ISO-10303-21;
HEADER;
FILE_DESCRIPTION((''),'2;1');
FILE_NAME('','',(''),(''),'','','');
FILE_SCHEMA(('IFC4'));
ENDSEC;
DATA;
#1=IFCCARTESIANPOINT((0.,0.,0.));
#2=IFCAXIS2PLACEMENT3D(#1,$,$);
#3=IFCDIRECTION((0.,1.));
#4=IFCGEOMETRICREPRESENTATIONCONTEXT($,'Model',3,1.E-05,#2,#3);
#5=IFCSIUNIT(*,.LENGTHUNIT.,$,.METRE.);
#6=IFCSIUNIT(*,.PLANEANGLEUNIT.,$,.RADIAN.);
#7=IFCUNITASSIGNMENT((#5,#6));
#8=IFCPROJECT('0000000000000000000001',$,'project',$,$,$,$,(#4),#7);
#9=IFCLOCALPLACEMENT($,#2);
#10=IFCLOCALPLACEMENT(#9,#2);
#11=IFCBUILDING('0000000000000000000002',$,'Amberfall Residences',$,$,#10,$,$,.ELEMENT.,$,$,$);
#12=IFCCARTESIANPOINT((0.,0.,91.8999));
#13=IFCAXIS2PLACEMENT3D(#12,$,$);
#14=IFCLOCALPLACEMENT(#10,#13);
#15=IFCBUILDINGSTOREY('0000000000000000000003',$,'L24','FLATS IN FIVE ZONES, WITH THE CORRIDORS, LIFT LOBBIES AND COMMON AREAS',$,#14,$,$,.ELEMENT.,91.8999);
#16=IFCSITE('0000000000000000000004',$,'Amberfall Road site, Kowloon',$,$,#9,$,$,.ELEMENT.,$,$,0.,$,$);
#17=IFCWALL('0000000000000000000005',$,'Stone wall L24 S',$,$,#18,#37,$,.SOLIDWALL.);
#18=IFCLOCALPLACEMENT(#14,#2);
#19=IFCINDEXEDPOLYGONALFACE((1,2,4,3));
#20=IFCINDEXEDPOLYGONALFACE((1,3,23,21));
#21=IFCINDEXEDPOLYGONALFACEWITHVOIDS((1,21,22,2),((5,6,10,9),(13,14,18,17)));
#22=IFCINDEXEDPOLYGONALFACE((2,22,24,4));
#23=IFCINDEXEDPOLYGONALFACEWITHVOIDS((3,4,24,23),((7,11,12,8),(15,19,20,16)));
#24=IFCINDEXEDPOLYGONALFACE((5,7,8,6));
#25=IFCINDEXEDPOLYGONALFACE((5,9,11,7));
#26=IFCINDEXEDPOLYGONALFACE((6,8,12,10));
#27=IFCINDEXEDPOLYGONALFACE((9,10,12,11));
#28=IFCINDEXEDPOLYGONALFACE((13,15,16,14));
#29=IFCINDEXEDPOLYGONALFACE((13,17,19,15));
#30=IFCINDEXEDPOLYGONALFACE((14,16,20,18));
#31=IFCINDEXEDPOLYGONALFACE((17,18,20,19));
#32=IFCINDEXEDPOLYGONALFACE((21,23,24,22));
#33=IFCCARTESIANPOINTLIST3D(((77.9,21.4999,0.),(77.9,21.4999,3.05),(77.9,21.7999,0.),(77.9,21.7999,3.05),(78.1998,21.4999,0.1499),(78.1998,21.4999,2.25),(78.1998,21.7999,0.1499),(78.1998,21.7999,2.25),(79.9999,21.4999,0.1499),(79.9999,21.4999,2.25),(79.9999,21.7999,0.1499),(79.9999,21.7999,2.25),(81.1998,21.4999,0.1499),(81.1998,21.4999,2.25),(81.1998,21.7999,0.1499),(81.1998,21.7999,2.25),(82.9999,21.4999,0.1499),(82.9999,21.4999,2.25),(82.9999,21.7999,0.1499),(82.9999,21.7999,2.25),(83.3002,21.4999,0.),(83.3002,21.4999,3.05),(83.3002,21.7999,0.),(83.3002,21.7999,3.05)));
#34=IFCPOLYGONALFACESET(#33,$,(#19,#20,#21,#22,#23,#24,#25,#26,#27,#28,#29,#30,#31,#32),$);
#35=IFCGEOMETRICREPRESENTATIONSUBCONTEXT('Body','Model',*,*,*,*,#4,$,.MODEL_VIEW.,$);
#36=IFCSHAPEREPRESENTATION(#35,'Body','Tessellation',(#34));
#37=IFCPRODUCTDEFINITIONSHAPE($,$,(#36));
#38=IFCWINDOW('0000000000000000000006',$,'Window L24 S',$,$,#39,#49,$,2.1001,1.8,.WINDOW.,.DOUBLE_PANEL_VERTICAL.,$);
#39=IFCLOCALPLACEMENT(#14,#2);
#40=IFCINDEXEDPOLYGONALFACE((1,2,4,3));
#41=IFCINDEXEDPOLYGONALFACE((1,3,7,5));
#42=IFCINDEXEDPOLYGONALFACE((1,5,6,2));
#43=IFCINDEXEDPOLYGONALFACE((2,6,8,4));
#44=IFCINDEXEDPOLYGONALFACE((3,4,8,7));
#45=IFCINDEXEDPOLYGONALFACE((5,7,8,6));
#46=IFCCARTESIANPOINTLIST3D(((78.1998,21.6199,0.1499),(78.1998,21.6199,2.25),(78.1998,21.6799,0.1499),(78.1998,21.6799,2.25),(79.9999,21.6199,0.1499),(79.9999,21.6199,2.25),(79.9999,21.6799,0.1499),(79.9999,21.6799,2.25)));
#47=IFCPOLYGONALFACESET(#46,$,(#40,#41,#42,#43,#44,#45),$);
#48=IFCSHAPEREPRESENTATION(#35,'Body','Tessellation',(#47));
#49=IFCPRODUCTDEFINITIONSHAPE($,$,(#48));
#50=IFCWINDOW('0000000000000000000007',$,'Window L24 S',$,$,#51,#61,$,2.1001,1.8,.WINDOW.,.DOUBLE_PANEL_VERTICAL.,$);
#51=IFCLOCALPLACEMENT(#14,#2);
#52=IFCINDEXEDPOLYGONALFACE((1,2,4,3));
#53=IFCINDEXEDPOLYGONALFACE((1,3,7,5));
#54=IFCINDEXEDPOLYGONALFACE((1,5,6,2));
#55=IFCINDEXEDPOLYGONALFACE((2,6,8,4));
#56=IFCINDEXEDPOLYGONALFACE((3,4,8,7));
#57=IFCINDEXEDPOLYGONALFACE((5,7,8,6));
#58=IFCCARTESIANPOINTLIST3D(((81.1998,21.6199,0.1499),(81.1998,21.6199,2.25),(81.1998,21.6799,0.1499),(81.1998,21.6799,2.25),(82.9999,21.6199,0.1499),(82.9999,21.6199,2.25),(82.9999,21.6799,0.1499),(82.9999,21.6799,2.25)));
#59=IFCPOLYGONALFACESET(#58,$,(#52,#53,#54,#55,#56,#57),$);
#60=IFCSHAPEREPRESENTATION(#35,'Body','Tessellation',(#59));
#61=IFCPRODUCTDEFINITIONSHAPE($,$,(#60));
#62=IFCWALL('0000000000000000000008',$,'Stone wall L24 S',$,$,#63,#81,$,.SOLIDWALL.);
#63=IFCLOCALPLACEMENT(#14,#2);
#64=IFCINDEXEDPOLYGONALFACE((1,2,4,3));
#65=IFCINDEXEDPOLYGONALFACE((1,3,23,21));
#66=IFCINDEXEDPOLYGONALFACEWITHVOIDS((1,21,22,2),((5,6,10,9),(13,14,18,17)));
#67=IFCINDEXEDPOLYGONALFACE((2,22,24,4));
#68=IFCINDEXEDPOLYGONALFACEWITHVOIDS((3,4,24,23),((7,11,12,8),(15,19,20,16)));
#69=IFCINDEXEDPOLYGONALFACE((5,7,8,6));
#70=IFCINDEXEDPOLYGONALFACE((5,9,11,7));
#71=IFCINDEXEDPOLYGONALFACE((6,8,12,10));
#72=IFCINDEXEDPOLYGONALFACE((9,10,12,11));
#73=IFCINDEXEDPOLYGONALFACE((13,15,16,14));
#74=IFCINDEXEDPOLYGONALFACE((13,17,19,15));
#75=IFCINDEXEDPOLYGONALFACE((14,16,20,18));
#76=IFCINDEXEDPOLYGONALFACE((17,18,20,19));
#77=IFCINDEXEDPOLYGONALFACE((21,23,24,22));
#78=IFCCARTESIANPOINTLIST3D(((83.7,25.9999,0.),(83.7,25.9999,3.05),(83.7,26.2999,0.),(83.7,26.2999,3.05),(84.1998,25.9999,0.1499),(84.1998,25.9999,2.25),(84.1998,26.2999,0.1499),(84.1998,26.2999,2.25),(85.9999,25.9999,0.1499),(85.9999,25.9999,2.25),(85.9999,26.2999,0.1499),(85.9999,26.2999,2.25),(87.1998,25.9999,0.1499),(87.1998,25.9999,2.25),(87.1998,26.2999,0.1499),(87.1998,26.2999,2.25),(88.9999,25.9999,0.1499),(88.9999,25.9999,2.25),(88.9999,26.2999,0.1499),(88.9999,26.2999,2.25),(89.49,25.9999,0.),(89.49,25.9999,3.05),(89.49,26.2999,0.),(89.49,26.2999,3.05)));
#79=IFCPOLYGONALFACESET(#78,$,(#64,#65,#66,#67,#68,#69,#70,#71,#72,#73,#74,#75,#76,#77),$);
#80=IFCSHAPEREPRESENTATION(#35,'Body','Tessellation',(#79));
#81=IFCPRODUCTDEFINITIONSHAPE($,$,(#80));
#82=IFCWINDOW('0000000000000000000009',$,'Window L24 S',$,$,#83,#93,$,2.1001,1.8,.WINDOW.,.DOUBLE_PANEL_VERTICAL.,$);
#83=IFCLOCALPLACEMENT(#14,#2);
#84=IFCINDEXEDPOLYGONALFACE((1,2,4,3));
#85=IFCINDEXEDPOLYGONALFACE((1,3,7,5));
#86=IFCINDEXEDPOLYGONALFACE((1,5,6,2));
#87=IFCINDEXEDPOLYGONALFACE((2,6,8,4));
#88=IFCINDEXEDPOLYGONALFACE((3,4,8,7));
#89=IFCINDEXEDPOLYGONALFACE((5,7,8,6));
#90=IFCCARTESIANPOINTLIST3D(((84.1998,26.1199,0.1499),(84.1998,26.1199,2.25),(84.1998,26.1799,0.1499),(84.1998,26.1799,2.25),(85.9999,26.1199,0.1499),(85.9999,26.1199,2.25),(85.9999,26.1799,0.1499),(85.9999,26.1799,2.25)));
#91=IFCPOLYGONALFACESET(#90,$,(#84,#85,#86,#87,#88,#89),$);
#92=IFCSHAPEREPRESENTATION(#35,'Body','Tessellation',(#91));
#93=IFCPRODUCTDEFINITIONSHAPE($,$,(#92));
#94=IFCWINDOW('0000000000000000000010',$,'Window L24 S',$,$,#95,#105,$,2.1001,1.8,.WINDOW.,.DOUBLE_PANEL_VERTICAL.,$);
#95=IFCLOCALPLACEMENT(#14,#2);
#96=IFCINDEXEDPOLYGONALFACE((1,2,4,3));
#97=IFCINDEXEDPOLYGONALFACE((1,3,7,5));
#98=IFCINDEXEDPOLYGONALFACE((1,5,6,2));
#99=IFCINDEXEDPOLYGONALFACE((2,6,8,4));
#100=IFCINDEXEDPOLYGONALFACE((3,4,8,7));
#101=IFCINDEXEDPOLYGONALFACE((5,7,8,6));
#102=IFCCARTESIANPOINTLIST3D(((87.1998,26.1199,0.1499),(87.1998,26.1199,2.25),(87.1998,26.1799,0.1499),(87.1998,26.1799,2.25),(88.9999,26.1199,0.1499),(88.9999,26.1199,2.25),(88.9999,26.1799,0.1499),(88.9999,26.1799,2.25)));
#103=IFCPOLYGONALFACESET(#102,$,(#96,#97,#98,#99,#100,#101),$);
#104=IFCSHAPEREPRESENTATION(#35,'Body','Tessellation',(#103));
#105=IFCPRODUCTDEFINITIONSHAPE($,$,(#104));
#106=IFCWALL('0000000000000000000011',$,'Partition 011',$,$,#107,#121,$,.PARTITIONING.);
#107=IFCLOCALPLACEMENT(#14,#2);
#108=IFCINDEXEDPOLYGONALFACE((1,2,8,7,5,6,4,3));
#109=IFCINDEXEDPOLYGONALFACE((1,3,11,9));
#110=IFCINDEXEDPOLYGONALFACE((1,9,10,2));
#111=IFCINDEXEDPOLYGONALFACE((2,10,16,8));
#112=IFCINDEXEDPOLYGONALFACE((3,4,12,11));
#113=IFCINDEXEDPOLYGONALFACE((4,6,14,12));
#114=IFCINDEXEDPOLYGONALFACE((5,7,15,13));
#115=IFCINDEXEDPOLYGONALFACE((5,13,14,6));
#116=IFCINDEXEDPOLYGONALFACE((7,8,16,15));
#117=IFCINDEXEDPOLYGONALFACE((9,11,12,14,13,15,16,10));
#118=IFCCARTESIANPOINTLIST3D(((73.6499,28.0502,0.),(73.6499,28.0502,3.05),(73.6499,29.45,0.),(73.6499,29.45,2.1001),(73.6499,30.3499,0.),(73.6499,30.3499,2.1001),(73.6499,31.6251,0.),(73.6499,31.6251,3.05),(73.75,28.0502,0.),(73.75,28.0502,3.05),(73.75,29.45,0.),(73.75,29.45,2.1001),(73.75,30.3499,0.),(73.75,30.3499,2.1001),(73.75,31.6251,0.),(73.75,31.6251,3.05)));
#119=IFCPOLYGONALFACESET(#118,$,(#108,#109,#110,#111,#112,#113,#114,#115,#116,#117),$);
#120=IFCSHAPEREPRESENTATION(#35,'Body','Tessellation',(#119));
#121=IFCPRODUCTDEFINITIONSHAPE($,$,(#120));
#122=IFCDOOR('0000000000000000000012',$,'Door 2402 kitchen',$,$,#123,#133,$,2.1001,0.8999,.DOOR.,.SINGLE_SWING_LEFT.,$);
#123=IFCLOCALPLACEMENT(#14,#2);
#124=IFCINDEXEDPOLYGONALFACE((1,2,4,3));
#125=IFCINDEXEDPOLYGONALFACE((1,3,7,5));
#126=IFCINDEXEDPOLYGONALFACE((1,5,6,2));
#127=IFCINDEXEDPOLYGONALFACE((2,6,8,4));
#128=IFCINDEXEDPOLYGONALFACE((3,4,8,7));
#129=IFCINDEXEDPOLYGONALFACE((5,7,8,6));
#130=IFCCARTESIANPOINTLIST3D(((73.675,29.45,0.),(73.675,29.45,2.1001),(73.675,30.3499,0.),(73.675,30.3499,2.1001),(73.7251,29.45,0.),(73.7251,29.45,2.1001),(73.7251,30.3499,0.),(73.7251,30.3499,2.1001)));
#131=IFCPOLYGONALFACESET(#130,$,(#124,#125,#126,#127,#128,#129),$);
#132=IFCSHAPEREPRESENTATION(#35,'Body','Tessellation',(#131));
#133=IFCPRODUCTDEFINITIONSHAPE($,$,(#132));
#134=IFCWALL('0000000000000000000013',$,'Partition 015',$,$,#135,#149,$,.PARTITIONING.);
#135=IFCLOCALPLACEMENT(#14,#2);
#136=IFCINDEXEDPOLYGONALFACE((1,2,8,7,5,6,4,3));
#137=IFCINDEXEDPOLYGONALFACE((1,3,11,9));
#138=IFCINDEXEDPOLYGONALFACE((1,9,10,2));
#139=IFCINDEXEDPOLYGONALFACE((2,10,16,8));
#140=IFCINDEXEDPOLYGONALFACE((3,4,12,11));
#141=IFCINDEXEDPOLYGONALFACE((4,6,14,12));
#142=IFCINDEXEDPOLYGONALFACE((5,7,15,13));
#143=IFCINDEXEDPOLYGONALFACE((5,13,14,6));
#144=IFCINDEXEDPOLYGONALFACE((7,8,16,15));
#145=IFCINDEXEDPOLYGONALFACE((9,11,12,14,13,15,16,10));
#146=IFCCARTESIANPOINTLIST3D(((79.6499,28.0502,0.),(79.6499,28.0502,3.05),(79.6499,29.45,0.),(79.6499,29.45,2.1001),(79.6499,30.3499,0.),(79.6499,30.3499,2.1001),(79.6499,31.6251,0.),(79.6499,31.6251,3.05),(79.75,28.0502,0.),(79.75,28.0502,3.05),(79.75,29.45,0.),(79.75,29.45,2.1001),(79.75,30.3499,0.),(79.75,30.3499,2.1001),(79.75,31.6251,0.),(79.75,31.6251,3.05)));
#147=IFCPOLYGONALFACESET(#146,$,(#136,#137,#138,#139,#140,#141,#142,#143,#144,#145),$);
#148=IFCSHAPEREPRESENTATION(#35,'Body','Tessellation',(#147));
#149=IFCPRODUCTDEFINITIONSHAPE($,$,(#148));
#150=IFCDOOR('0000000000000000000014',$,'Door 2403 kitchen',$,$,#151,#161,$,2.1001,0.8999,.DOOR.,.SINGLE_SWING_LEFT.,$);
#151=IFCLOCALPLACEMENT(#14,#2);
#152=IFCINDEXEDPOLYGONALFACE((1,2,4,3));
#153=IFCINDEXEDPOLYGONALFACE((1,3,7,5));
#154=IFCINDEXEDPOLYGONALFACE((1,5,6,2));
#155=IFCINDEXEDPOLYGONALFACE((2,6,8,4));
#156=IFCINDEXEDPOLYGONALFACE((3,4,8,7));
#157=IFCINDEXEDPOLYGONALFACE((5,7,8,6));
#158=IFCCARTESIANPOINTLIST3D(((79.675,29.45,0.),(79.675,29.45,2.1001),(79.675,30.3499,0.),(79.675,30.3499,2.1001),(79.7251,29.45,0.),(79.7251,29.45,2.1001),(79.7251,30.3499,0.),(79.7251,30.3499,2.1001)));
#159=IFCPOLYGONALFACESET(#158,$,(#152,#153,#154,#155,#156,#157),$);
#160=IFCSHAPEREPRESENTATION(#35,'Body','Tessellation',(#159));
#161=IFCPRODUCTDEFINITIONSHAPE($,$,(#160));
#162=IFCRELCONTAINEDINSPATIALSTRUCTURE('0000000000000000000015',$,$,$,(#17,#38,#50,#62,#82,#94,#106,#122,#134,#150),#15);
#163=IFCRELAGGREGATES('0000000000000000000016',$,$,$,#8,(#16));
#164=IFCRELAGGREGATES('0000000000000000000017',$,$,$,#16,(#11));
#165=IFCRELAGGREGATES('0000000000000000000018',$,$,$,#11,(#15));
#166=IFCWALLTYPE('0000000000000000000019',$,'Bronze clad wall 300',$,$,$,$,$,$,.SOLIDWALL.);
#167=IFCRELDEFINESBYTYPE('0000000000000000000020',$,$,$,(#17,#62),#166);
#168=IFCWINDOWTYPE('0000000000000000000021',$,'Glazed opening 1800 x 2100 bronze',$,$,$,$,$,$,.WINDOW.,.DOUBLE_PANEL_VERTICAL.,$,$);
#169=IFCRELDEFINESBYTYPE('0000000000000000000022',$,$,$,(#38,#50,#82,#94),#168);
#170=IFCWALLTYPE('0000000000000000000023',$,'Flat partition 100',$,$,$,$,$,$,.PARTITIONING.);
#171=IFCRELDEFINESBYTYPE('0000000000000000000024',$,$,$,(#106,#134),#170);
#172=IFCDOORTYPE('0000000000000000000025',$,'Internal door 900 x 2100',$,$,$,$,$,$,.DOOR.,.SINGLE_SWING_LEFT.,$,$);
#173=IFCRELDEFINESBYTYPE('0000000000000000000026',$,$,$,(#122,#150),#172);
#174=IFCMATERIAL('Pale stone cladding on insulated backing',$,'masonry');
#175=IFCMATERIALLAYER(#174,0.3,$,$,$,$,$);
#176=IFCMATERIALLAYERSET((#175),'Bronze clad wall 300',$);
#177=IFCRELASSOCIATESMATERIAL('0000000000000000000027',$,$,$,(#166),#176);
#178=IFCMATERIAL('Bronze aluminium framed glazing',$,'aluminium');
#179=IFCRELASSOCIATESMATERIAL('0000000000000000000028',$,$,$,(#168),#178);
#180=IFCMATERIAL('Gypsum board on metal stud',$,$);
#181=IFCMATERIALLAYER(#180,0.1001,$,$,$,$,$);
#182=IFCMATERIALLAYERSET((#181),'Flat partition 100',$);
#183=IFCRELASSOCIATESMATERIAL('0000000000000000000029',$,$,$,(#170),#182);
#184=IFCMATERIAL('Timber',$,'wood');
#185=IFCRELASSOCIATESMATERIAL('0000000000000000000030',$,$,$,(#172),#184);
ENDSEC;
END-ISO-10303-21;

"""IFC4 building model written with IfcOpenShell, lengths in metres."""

from ifc_helpers import new_model, si_unit, direction, frame, frame_2d, origin, place, context, subcontext, project, spatial, rectangle, extrude, material, layer, layer_set, type_object, element, fill, save


model = new_model("IFC4")

# Units and contexts
model_context = context("Model", 3, precision=1e-05, world=origin(), true_north=direction((0.0, 1.0)))
body_context = subcontext(model_context, "Body", "Model", "MODEL_VIEW")
ifc_project = project(units=[si_unit("LENGTHUNIT", "METRE"), si_unit("PLANEANGLEUNIT", "RADIAN")], contexts=[model_context])

# Site, building, storey
site_placement = place(None, origin())
site = spatial("IfcSite", under=ifc_project, at=site_placement, Name="Amberfall Road site, Kowloon", CompositionType="ELEMENT", RefElevation=0.0)
building_placement = place(site_placement, origin())
building = spatial("IfcBuilding", under=site, at=building_placement, Name="Amberfall Residences", CompositionType="ELEMENT")
storey_placement = place(building_placement, frame((0.0, 0.0, 91.8999)))
storey = spatial("IfcBuildingStorey", under=building, at=storey_placement, Name="L24", Description="FLATS IN FIVE ZONES, WITH THE CORRIDORS, LIFT LOBBIES AND COMMON AREAS", CompositionType="ELEMENT", Elevation=91.8999)

# Shared definitions
ifc_material_1 = material(Name="Pale stone cladding on insulated backing", Category="masonry")
ifc_layer_1 = layer(ifc_material_1, 0.3)
ifc_layer_set_1 = layer_set([ifc_layer_1], Name="Bronze clad wall 300")
wall_type_1 = type_object("IfcWallType", Name="Bronze clad wall 300", PredefinedType="SOLIDWALL", material=ifc_layer_set_1)

# Shared definitions
ifc_material_2 = material(Name="Bronze aluminium framed glazing", Category="aluminium")

# Walls, openings, windows
wall_1_placement = place(storey_placement, frame((77.8999, 21.6499, 0.0), z_axis=(0.0, 0.0, 1.0), x_axis=(1.0, 0.0, 0.0)))
wall_1 = element("IfcWall", 1, at=wall_1_placement, inside=storey, type_object=wall_type_1, Name="Stone wall L24 S", PredefinedType="SOLIDWALL", context=body_context, shape_type="SweptSolid", body=[
    extrude(rectangle(XDim=5.4001, YDim=0.3, at=frame_2d((2.7002, 0.0))), origin(), (0.0, 0.0, 1.0), 3.05),
])
opening_1_placement = place(wall_1_placement, frame((0.3, 0.0, 0.1499)))
opening_1 = element("IfcOpeningElement", 2, at=opening_1_placement, cuts=wall_1, PredefinedType="OPENING", context=body_context, shape_type="SweptSolid", body=[
    extrude(rectangle(XDim=1.8, YDim=2.1001, at=frame_2d((0.8999, 1.05))), frame((0.0, 0.1599, 0.0), z_axis=(0.0, -1.0, 0.0), x_axis=(1.0, 0.0, 0.0)), (0.0, 0.0, 1.0), 0.3201),
])
opening_2_placement = place(wall_1_placement, frame((3.3, 0.0, 0.1499)))
opening_2 = element("IfcOpeningElement", 3, at=opening_2_placement, cuts=wall_1, PredefinedType="OPENING", context=body_context, shape_type="SweptSolid", body=[
    extrude(rectangle(XDim=1.8, YDim=2.1001, at=frame_2d((0.8999, 1.05))), frame((0.0, 0.1599, 0.0), z_axis=(0.0, -1.0, 0.0), x_axis=(1.0, 0.0, 0.0)), (0.0, 0.0, 1.0), 0.3201),
])
window_type_1 = type_object("IfcWindowType", Name="Glazed opening 1800 x 2100 bronze", PartitioningType="DOUBLE_PANEL_VERTICAL", PredefinedType="WINDOW", material=ifc_material_2)
window_1_placement = place(opening_1_placement, origin())
window_1 = element("IfcWindow", 4, at=window_1_placement, inside=storey, type_object=window_type_1, Name="Window L24 S", OverallHeight=2.1001, OverallWidth=1.8, PartitioningType="DOUBLE_PANEL_VERTICAL", PredefinedType="WINDOW", context=body_context, shape_type="SweptSolid", body=[
    extrude(rectangle(XDim=1.8, YDim=2.1001, at=frame_2d((0.8999, 1.05))), frame((0.0, 0.03, 0.0), z_axis=(0.0, -1.0, 0.0), x_axis=(1.0, 0.0, 0.0)), (0.0, 0.0, 1.0), 0.0601),
])
fill(opening_1, window_1)
window_2_placement = place(opening_2_placement, origin())
window_2 = element("IfcWindow", 5, at=window_2_placement, inside=storey, type_object=window_type_1, Name="Window L24 S", OverallHeight=2.1001, OverallWidth=1.8, PartitioningType="DOUBLE_PANEL_VERTICAL", PredefinedType="WINDOW", context=body_context, shape_type="SweptSolid", body=[
    extrude(rectangle(XDim=1.8, YDim=2.1001, at=frame_2d((0.8999, 1.05))), frame((0.0, 0.03, 0.0), z_axis=(0.0, -1.0, 0.0), x_axis=(1.0, 0.0, 0.0)), (0.0, 0.0, 1.0), 0.0601),
])
fill(opening_2, window_2)
wall_2_placement = place(storey_placement, frame((83.7, 26.1499, 0.0), z_axis=(0.0, 0.0, 1.0), x_axis=(1.0, 0.0, 0.0)))
wall_2 = element("IfcWall", 6, at=wall_2_placement, inside=storey, type_object=wall_type_1, Name="Stone wall L24 S", PredefinedType="SOLIDWALL", context=body_context, shape_type="SweptSolid", body=[
    extrude(rectangle(XDim=5.79, YDim=0.3, at=frame_2d((2.895, 0.0))), origin(), (0.0, 0.0, 1.0), 3.05),
])
opening_3_placement = place(wall_2_placement, frame((0.5, 0.0, 0.1499)))
opening_3 = element("IfcOpeningElement", 7, at=opening_3_placement, cuts=wall_2, PredefinedType="OPENING", context=body_context, shape_type="SweptSolid", body=[
    extrude(rectangle(XDim=1.8, YDim=2.1001, at=frame_2d((0.8999, 1.05))), frame((0.0, 0.1599, 0.0), z_axis=(0.0, -1.0, 0.0), x_axis=(1.0, 0.0, 0.0)), (0.0, 0.0, 1.0), 0.3201),
])
opening_4_placement = place(wall_2_placement, frame((3.5, 0.0, 0.1499)))
opening_4 = element("IfcOpeningElement", 8, at=opening_4_placement, cuts=wall_2, PredefinedType="OPENING", context=body_context, shape_type="SweptSolid", body=[
    extrude(rectangle(XDim=1.8, YDim=2.1001, at=frame_2d((0.8999, 1.05))), frame((0.0, 0.1599, 0.0), z_axis=(0.0, -1.0, 0.0), x_axis=(1.0, 0.0, 0.0)), (0.0, 0.0, 1.0), 0.3201),
])
window_3_placement = place(opening_3_placement, origin())
window_3 = element("IfcWindow", 9, at=window_3_placement, inside=storey, type_object=window_type_1, Name="Window L24 S", OverallHeight=2.1001, OverallWidth=1.8, PartitioningType="DOUBLE_PANEL_VERTICAL", PredefinedType="WINDOW", context=body_context, shape_type="SweptSolid", body=[
    extrude(rectangle(XDim=1.8, YDim=2.1001, at=frame_2d((0.8999, 1.05))), frame((0.0, 0.03, 0.0), z_axis=(0.0, -1.0, 0.0), x_axis=(1.0, 0.0, 0.0)), (0.0, 0.0, 1.0), 0.0601),
])
fill(opening_3, window_3)
window_4_placement = place(opening_4_placement, origin())
window_4 = element("IfcWindow", 10, at=window_4_placement, inside=storey, type_object=window_type_1, Name="Window L24 S", OverallHeight=2.1001, OverallWidth=1.8, PartitioningType="DOUBLE_PANEL_VERTICAL", PredefinedType="WINDOW", context=body_context, shape_type="SweptSolid", body=[
    extrude(rectangle(XDim=1.8, YDim=2.1001, at=frame_2d((0.8999, 1.05))), frame((0.0, 0.03, 0.0), z_axis=(0.0, -1.0, 0.0), x_axis=(1.0, 0.0, 0.0)), (0.0, 0.0, 1.0), 0.0601),
])
fill(opening_4, window_4)

# Walls, openings, doors
ifc_material_3 = material(Name="Gypsum board on metal stud")
ifc_layer_2 = layer(ifc_material_3, 0.1001)
ifc_layer_set_2 = layer_set([ifc_layer_2], Name="Flat partition 100")
wall_type_2 = type_object("IfcWallType", Name="Flat partition 100", PredefinedType="PARTITIONING", material=ifc_layer_set_2)
wall_3_placement = place(storey_placement, frame((73.7, 28.05, 0.0), z_axis=(0.0, 0.0, 1.0), x_axis=(0.0, 1.0, 0.0)))
wall_3 = element("IfcWall", 11, at=wall_3_placement, inside=storey, type_object=wall_type_2, Name="Partition 011", PredefinedType="PARTITIONING", context=body_context, shape_type="SweptSolid", body=[
    extrude(rectangle(XDim=3.575, YDim=0.1001, at=frame_2d((1.7876, 0.0))), origin(), (0.0, 0.0, 1.0), 3.05),
])
opening_5_placement = place(wall_3_placement, frame((1.3999, 0.0, 0.0)))
opening_5 = element("IfcOpeningElement", 12, at=opening_5_placement, cuts=wall_3, PredefinedType="OPENING", context=body_context, shape_type="SweptSolid", body=[
    extrude(rectangle(XDim=0.8999, YDim=2.1001, at=frame_2d((0.45, 1.05))), frame((0.0, 0.0601, 0.0), z_axis=(0.0, -1.0, 0.0), x_axis=(1.0, 0.0, 0.0)), (0.0, 0.0, 1.0), 0.1201),
])
ifc_material_4 = material(Name="Timber", Category="wood")
door_type = type_object("IfcDoorType", Name="Internal door 900 x 2100", OperationType="SINGLE_SWING_LEFT", PredefinedType="DOOR", material=ifc_material_4)
door_1_placement = place(opening_5_placement, origin())
door_1 = element("IfcDoor", 13, at=door_1_placement, inside=storey, type_object=door_type, Name="Door 2402 kitchen", OperationType="SINGLE_SWING_LEFT", OverallHeight=2.1001, OverallWidth=0.8999, PredefinedType="DOOR", context=body_context, shape_type="SweptSolid", body=[
    extrude(rectangle(XDim=0.8999, YDim=2.1001, at=frame_2d((0.45, 1.05))), frame((0.0, 0.0249, 0.0), z_axis=(0.0, -1.0, 0.0), x_axis=(1.0, 0.0, 0.0)), (0.0, 0.0, 1.0), 0.05),
])
fill(opening_5, door_1)
wall_4_placement = place(storey_placement, frame((79.7, 28.05, 0.0), z_axis=(0.0, 0.0, 1.0), x_axis=(0.0, 1.0, 0.0)))
wall_4 = element("IfcWall", 14, at=wall_4_placement, inside=storey, type_object=wall_type_2, Name="Partition 015", PredefinedType="PARTITIONING", context=body_context, shape_type="SweptSolid", body=[
    extrude(rectangle(XDim=3.575, YDim=0.1001, at=frame_2d((1.7876, 0.0))), origin(), (0.0, 0.0, 1.0), 3.05),
])
opening_6_placement = place(wall_4_placement, frame((1.3999, 0.0, 0.0)))
opening_6 = element("IfcOpeningElement", 15, at=opening_6_placement, cuts=wall_4, PredefinedType="OPENING", context=body_context, shape_type="SweptSolid", body=[
    extrude(rectangle(XDim=0.8999, YDim=2.1001, at=frame_2d((0.45, 1.05))), frame((0.0, 0.0601, 0.0), z_axis=(0.0, -1.0, 0.0), x_axis=(1.0, 0.0, 0.0)), (0.0, 0.0, 1.0), 0.1201),
])
door_2_placement = place(opening_6_placement, origin())
door_2 = element("IfcDoor", 16, at=door_2_placement, inside=storey, type_object=door_type, Name="Door 2403 kitchen", OperationType="SINGLE_SWING_LEFT", OverallHeight=2.1001, OverallWidth=0.8999, PredefinedType="DOOR", context=body_context, shape_type="SweptSolid", body=[
    extrude(rectangle(XDim=0.8999, YDim=2.1001, at=frame_2d((0.45, 1.05))), frame((0.0, 0.0249, 0.0), z_axis=(0.0, -1.0, 0.0), x_axis=(1.0, 0.0, 0.0)), (0.0, 0.0, 1.0), 0.05),
])
fill(opening_6, door_2)

save(model, "model.ifc")
